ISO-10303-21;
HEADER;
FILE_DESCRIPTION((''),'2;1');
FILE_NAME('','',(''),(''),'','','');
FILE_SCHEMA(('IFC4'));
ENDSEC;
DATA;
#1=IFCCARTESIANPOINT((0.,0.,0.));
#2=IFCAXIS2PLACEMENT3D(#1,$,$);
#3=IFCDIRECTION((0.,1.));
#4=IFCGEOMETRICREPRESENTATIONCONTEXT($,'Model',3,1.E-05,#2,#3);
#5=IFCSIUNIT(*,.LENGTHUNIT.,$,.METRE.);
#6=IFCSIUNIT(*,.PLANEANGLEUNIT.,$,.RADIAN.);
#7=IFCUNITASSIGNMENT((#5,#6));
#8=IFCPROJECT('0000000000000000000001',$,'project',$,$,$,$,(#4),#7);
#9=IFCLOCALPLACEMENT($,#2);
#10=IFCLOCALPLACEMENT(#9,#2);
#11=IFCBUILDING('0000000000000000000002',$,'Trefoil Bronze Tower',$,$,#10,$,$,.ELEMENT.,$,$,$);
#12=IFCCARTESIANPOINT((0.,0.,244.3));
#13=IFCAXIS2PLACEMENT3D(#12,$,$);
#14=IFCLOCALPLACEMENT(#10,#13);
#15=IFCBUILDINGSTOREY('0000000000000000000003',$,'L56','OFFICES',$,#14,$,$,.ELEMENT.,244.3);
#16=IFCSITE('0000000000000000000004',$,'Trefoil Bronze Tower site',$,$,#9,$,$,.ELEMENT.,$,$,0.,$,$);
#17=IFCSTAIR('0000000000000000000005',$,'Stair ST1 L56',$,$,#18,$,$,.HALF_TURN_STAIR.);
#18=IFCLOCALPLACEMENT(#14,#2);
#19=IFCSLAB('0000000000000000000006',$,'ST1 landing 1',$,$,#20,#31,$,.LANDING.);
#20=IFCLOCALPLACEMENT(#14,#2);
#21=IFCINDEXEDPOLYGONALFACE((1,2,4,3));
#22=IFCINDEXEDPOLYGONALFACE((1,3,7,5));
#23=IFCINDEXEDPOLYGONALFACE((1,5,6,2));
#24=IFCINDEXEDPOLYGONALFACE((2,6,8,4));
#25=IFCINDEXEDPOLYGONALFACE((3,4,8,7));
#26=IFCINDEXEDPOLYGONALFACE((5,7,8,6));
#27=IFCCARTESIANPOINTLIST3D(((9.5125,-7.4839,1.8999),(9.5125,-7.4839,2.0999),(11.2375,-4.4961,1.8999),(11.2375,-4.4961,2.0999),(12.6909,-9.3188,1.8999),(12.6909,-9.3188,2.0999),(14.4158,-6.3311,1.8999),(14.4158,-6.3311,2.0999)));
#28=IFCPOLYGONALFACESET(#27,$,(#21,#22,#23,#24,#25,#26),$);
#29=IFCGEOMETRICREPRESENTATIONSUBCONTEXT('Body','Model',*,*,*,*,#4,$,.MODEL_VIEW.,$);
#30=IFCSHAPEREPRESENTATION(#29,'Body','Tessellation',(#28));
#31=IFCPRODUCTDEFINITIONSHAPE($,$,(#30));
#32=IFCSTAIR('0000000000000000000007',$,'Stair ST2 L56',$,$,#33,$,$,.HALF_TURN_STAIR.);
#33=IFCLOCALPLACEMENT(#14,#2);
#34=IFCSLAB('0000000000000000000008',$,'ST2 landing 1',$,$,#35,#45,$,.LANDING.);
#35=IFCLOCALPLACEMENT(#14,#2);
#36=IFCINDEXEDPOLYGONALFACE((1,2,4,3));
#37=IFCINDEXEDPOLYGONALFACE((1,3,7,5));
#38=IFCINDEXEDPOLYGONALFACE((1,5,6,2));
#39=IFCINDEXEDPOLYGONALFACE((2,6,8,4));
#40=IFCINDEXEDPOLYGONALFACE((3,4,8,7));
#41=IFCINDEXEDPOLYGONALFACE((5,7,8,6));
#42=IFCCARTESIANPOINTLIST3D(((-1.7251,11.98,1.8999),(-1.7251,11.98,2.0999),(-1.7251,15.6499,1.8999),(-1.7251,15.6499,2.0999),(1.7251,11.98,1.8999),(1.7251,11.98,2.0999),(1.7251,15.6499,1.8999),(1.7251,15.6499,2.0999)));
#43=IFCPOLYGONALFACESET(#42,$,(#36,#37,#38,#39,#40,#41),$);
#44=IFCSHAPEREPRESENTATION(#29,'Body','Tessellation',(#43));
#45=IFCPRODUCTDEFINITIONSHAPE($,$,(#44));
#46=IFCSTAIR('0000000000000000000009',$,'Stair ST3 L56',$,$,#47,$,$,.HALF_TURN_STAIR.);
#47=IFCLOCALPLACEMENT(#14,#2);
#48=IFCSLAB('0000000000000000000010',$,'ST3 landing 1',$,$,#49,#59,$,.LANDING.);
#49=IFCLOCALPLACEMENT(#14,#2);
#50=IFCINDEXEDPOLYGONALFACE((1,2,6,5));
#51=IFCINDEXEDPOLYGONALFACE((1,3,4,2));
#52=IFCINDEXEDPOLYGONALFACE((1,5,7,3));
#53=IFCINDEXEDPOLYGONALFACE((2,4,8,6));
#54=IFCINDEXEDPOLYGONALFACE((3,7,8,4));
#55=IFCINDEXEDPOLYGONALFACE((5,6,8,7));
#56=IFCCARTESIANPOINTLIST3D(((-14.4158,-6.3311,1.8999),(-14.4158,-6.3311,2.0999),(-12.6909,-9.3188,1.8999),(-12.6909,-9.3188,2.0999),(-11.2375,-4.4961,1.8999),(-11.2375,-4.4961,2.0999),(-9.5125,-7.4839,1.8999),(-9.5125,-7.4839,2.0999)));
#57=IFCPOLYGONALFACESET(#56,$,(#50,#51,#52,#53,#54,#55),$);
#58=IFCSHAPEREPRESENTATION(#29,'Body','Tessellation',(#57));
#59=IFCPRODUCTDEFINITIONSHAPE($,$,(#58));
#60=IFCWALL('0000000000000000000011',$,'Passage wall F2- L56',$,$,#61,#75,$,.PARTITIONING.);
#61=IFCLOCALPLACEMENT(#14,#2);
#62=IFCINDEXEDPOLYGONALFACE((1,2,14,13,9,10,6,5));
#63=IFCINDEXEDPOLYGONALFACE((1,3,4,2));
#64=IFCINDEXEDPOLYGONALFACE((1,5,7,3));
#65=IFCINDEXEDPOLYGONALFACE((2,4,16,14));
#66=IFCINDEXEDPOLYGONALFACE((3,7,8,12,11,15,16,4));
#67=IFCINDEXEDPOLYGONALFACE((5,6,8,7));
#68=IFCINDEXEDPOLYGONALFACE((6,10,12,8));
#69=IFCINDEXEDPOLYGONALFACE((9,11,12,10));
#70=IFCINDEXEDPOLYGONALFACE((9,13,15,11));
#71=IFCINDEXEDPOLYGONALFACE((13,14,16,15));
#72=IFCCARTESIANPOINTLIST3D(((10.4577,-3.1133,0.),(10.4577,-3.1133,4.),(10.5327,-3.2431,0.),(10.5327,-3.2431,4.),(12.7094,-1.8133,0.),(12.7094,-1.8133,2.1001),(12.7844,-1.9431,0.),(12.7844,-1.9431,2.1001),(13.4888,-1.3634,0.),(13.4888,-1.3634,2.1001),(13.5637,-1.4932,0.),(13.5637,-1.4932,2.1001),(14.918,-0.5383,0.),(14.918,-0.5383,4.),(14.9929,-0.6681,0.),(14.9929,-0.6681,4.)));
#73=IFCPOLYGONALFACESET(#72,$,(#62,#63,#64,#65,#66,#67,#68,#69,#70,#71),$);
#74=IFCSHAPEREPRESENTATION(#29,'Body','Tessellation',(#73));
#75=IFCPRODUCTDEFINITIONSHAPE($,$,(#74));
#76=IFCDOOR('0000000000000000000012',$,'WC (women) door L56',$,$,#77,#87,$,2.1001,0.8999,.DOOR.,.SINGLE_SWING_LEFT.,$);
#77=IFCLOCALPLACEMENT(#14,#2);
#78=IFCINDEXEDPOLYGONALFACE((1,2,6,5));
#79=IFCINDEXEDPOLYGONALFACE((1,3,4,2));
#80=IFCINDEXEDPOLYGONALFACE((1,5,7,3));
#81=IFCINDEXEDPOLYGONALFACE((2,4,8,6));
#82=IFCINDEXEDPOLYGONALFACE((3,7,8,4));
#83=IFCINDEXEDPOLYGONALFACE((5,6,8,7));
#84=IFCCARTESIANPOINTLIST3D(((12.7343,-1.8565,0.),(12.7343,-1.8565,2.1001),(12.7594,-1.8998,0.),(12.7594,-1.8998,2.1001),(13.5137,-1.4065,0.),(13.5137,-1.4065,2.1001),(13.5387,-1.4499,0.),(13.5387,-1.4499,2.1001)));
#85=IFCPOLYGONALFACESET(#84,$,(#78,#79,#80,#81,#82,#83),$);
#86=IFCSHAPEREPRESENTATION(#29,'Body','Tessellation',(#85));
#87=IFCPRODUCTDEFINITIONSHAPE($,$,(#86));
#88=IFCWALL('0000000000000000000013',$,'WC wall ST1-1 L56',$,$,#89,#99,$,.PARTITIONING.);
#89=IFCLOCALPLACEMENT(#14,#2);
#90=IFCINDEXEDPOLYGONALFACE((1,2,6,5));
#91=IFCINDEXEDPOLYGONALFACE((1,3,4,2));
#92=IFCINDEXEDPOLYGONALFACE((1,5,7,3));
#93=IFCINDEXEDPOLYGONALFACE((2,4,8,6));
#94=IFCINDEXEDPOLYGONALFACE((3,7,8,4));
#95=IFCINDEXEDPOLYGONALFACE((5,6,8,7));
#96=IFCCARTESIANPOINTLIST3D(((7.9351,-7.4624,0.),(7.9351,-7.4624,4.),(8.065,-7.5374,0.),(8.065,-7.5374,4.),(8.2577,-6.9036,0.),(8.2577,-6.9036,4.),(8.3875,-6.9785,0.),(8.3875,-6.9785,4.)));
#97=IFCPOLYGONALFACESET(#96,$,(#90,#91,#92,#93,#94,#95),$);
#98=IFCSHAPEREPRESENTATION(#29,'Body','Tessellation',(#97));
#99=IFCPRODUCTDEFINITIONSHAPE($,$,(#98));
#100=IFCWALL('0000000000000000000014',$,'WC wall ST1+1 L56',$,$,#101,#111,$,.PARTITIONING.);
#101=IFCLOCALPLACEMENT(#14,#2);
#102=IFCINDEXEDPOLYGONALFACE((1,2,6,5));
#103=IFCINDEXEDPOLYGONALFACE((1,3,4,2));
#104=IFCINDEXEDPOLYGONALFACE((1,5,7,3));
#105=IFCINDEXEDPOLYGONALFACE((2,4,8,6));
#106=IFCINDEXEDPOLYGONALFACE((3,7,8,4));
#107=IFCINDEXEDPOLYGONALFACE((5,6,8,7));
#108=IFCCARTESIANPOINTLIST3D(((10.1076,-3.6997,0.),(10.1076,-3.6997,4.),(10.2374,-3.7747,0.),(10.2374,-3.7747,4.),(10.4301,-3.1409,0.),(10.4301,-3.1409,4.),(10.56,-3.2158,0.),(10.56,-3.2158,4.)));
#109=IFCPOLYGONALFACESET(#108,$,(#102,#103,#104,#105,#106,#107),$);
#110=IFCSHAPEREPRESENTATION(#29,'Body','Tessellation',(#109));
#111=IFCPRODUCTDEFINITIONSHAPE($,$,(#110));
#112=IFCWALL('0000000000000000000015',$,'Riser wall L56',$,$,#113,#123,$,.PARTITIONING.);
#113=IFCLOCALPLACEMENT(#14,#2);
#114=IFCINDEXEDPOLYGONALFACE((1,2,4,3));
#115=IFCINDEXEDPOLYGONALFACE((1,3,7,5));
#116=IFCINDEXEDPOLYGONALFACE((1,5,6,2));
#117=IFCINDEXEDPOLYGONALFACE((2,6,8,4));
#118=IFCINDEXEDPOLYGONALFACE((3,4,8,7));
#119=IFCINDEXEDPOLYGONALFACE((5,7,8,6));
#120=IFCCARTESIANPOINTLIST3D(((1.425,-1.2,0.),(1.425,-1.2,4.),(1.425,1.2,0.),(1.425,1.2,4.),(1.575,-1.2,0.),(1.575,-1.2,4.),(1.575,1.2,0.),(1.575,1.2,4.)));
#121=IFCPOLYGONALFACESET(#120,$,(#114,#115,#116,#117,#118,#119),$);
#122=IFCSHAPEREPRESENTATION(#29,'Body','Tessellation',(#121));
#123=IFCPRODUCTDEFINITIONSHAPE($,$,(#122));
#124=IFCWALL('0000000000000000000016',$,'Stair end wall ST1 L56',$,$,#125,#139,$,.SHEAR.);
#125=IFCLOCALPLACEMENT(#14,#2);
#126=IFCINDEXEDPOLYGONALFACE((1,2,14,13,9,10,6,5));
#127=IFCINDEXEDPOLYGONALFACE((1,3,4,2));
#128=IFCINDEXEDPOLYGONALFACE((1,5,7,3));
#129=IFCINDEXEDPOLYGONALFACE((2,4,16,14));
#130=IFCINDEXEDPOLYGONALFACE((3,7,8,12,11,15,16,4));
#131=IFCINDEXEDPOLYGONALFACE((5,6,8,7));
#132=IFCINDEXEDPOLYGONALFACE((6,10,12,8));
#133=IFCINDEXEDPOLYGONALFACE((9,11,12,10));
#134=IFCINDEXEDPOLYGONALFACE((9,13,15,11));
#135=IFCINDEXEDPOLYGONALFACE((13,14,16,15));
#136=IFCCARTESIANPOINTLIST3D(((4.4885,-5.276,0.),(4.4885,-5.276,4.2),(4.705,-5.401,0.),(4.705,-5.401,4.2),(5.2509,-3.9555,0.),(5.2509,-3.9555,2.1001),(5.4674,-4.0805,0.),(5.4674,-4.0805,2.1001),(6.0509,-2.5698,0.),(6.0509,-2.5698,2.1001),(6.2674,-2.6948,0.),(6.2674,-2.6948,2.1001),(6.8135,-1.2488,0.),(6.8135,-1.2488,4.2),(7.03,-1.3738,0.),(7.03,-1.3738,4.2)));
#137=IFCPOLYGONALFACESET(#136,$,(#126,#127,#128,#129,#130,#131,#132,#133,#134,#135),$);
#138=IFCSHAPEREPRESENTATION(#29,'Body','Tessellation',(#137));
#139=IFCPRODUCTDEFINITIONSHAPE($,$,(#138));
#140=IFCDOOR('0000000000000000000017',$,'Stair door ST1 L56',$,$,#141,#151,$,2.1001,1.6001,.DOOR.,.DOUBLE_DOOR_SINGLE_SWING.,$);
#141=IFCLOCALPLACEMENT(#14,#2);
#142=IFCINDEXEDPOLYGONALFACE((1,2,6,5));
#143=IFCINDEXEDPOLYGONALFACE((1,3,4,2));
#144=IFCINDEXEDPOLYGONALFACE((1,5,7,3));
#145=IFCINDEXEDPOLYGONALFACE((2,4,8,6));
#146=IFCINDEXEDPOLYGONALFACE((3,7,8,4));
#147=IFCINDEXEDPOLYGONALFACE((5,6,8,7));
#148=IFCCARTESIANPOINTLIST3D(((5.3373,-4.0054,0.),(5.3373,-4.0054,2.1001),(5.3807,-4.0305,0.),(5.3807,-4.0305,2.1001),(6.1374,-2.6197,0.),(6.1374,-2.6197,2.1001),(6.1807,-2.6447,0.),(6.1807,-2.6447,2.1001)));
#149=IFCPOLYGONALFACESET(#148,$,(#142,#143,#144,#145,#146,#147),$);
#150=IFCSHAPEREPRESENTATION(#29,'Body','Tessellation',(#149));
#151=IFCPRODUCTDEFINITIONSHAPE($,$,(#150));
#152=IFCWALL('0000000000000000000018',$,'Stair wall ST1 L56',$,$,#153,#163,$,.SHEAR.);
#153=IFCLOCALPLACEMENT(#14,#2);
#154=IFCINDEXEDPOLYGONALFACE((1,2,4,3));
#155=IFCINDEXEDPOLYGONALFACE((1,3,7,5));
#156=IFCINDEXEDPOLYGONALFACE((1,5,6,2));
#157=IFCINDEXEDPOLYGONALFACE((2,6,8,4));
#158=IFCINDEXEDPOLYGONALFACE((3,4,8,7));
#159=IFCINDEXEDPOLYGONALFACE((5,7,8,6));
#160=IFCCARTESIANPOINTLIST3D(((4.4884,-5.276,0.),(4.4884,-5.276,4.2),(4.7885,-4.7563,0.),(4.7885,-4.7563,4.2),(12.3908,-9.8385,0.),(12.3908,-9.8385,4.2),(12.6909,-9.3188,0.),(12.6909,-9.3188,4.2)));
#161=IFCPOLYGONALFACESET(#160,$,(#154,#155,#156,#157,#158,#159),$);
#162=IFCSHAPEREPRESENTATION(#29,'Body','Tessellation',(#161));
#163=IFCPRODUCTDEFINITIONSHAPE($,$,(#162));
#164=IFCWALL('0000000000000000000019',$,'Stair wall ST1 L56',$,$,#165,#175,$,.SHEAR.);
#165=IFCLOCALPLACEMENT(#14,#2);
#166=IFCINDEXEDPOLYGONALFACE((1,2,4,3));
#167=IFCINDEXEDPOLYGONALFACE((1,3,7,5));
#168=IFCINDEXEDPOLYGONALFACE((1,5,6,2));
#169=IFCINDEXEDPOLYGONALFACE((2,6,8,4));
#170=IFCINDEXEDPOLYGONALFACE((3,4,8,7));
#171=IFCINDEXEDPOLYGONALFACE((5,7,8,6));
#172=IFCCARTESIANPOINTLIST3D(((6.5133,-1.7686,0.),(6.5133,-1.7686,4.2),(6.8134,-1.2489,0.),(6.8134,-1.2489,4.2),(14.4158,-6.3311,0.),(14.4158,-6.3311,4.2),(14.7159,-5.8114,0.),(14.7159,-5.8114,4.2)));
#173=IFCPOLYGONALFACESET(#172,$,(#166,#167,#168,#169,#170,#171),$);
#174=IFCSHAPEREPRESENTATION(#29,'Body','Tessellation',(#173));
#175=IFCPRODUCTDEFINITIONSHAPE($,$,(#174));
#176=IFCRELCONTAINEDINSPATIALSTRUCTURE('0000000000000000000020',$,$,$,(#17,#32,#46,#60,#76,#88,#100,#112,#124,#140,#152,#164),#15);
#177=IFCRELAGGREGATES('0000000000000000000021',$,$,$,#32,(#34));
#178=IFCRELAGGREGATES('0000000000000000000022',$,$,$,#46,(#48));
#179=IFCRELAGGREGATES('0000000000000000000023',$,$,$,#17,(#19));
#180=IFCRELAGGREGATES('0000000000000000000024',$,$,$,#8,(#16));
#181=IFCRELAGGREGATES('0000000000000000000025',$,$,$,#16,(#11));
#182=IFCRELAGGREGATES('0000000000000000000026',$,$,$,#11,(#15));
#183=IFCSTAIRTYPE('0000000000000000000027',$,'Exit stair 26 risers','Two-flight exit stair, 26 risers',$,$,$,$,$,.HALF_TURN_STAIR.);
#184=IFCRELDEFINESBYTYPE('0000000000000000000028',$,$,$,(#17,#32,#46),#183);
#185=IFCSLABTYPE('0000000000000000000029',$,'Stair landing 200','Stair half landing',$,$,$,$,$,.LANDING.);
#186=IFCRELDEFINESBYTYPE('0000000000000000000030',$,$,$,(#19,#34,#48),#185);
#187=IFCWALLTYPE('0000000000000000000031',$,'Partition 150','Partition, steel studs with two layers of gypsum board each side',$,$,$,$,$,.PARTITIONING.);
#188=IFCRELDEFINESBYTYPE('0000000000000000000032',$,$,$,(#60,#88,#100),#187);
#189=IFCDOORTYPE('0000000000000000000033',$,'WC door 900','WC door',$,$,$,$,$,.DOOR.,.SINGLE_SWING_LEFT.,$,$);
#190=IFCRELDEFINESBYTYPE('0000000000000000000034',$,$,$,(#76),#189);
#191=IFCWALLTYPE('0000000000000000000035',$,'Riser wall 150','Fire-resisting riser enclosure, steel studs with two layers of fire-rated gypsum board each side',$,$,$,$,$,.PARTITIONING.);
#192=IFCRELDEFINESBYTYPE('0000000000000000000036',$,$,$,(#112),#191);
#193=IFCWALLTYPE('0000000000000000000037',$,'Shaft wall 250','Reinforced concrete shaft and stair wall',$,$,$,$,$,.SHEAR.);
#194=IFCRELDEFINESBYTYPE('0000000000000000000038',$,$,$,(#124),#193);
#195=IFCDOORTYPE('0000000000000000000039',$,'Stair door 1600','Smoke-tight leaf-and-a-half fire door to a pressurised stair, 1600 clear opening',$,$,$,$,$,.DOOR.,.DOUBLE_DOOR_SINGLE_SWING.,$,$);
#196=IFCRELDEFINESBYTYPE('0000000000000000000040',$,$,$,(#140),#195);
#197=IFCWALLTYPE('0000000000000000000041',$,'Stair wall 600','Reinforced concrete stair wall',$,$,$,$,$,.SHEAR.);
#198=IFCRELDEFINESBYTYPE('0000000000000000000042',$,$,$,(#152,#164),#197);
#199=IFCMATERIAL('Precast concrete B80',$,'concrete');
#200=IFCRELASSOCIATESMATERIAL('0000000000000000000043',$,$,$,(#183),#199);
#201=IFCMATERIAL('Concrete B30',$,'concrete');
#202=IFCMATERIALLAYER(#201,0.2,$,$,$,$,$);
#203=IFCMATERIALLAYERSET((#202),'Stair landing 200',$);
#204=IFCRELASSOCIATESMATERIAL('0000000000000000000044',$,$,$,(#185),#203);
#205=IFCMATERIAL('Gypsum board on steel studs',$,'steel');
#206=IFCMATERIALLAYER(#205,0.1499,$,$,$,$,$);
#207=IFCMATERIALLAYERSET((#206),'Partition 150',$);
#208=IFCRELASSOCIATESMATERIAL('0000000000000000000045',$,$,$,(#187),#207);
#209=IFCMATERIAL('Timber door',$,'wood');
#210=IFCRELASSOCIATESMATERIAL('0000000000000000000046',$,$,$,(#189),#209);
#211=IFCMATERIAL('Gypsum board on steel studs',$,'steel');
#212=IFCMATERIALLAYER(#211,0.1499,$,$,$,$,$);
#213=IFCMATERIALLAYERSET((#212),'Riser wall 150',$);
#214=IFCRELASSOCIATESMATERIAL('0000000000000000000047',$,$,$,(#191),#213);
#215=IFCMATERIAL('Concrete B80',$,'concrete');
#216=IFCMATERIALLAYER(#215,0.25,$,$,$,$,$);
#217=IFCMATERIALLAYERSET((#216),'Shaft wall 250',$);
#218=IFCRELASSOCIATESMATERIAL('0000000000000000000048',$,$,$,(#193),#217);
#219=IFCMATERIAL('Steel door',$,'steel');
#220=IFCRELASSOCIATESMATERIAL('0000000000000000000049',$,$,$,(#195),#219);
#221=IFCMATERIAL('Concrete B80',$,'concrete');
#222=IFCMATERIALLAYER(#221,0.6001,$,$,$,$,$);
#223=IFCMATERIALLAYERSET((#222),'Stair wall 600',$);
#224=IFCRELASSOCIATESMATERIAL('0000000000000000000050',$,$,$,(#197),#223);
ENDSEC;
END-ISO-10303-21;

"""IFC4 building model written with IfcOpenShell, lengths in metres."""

from ifc_helpers import new_model, si_unit, direction, frame, frame_2d, origin, place, context, subcontext, project, spatial, polyline, rectangle, outline, extrude, material, layer, layer_set, type_object, element, fill, aggregate, save


model = new_model("IFC4")

# Units and contexts
model_context = context("Model", 3, precision=1e-05, world=origin(), true_north=direction((0.0, 1.0)))
body_context = subcontext(model_context, "Body", "Model", "MODEL_VIEW")
ifc_project = project(units=[si_unit("LENGTHUNIT", "METRE"), si_unit("PLANEANGLEUNIT", "RADIAN")], contexts=[model_context])

# Site, building, storey
site_placement = place(None, origin())
site = spatial("IfcSite", under=ifc_project, at=site_placement, Name="Trefoil Bronze Tower site", CompositionType="ELEMENT", RefElevation=0.0)
building_placement = place(site_placement, origin())
building = spatial("IfcBuilding", under=site, at=building_placement, Name="Trefoil Bronze Tower", CompositionType="ELEMENT")
storey_placement = place(building_placement, frame((0.0, 0.0, 244.3)))
storey = spatial("IfcBuildingStorey", under=building, at=storey_placement, Name="L56", Description="OFFICES", CompositionType="ELEMENT", Elevation=244.3)

# Stairs, slabs
ifc_material_1 = material(Name="Precast concrete B80", Category="concrete")
stair_type = type_object("IfcStairType", Name="Exit stair 26 risers", Description="Two-flight exit stair, 26 risers", PredefinedType="HALF_TURN_STAIR", material=ifc_material_1)
stair_1_placement = place(storey_placement, origin())
stair_1 = element("IfcStair", 1, at=stair_1_placement, inside=storey, type_object=stair_type, Name="Stair ST1 L56", PredefinedType="HALF_TURN_STAIR")
ifc_material_2 = material(Name="Concrete B30", Category="concrete")
ifc_layer_1 = layer(ifc_material_2, 0.2)
ifc_layer_set_1 = layer_set([ifc_layer_1], Name="Stair landing 200")
slab_type = type_object("IfcSlabType", Name="Stair landing 200", Description="Stair half landing", PredefinedType="LANDING", material=ifc_layer_set_1)
slab_1_placement = place(storey_placement, frame((0.0, 0.0, 1.8999)))
slab_1 = element("IfcSlab", 2, at=slab_1_placement, type_object=slab_type, Name="ST1 landing 1", PredefinedType="LANDING", context=body_context, shape_type="SweptSolid", body=[
    extrude(outline(polyline([(9.5125, -7.4839), (12.6909, -9.3188), (14.4158, -6.3311), (11.2375, -4.4961), (9.5125, -7.4839)])), origin(), (0.0, 0.0, 1.0), 0.2),
])
stair_2_placement = place(storey_placement, origin())
stair_2 = element("IfcStair", 3, at=stair_2_placement, inside=storey, type_object=stair_type, Name="Stair ST2 L56", PredefinedType="HALF_TURN_STAIR")
slab_2_placement = place(storey_placement, frame((0.0, 0.0, 1.8999)))
slab_2 = element("IfcSlab", 4, at=slab_2_placement, type_object=slab_type, Name="ST2 landing 1", PredefinedType="LANDING", context=body_context, shape_type="SweptSolid", body=[
    extrude(outline(polyline([(1.7251, 11.98), (1.7251, 15.6499), (-1.7251, 15.6499), (-1.7251, 11.98), (1.7251, 11.98)])), origin(), (0.0, 0.0, 1.0), 0.2),
])
aggregate(stair_2, [slab_2])
stair_3_placement = place(storey_placement, origin())
stair_3 = element("IfcStair", 5, at=stair_3_placement, inside=storey, type_object=stair_type, Name="Stair ST3 L56", PredefinedType="HALF_TURN_STAIR")
slab_3_placement = place(storey_placement, frame((0.0, 0.0, 1.8999)))
slab_3 = element("IfcSlab", 6, at=slab_3_placement, type_object=slab_type, Name="ST3 landing 1", PredefinedType="LANDING", context=body_context, shape_type="SweptSolid", body=[
    extrude(outline(polyline([(-11.2375, -4.4961), (-14.4158, -6.3311), (-12.6909, -9.3188), (-9.5125, -7.4839), (-11.2375, -4.4961)])), origin(), (0.0, 0.0, 1.0), 0.2),
])
aggregate(stair_3, [slab_3])

# Wall, opening, door
ifc_material_3 = material(Name="Gypsum board on steel studs", Category="steel")
ifc_layer_2 = layer(ifc_material_3, 0.1499)
ifc_layer_set_2 = layer_set([ifc_layer_2], Name="Partition 150")
wall_type_1 = type_object("IfcWallType", Name="Partition 150", Description="Partition, steel studs with two layers of gypsum board each side", PredefinedType="PARTITIONING", material=ifc_layer_set_2)
wall_1_placement = place(storey_placement, frame((10.4951, -3.1782, 0.0), z_axis=(0.0, 0.0, 1.0), x_axis=(0.866038, 0.499978, 0.0)))
wall_1 = element("IfcWall", 7, at=wall_1_placement, inside=storey, type_object=wall_type_1, Name="Passage wall F2- L56", PredefinedType="PARTITIONING", context=body_context, shape_type="SweptSolid", body=[
    extrude(rectangle(XDim=5.1501, YDim=0.1499, at=frame_2d((2.5752, 0.0))), origin(), (0.0, 0.0, 1.0), 4.0),
])
opening_1_placement = place(wall_1_placement, frame((2.6001, 0.0, 0.0)))
opening_1 = element("IfcOpeningElement", 8, at=opening_1_placement, cuts=wall_1, PredefinedType="OPENING", context=body_context, shape_type="SweptSolid", body=[
    extrude(rectangle(XDim=0.8999, YDim=2.1001, at=frame_2d((0.45, 1.05))), frame((0.0, 0.085, 0.0), z_axis=(0.0, -1.0, 0.0), x_axis=(1.0, 0.0, 0.0)), (0.0, 0.0, 1.0), 0.1699),
])
ifc_material_4 = material(Name="Timber door", Category="wood")
door_type_1 = type_object("IfcDoorType", Name="WC door 900", Description="WC door", OperationType="SINGLE_SWING_LEFT", PredefinedType="DOOR", material=ifc_material_4)
door_1_placement = place(opening_1_placement, frame((0.8999, 0.0, 0.0), z_axis=(0.0, 0.0, 1.0), x_axis=(-1.0, 0.0, 0.0)))
door_1 = element("IfcDoor", 9, at=door_1_placement, inside=storey, type_object=door_type_1, Name="WC (women) door L56", OperationType="SINGLE_SWING_LEFT", OverallHeight=2.1001, OverallWidth=0.8999, PredefinedType="DOOR", context=body_context, shape_type="SweptSolid", body=[
    extrude(rectangle(XDim=0.8999, YDim=2.1001, at=frame_2d((0.45, 1.05))), frame((0.0, 0.0249, 0.0), z_axis=(0.0, -1.0, 0.0), x_axis=(1.0, 0.0, 0.0)), (0.0, 0.0, 1.0), 0.05),
])
fill(opening_1, door_1)

# Walls
for number, where, z_axis, x_axis, name in (
    (10, (8.0, -7.5, 0.0), (0.0, 0.0, 1.0), (0.499843, 0.866116, 0.0), "WC wall ST1-1 L56"),
    (11, (10.4951, -3.1782, 0.0), (0.0, 0.0, 1.0), (-0.499843, -0.866116, 0.0), "WC wall ST1+1 L56"),
):
    element("IfcWall", number, at=place(storey_placement, frame(where, z_axis=z_axis, x_axis=x_axis)), inside=storey, type_object=wall_type_1, Name=name, PredefinedType="PARTITIONING", context=body_context, shape_type="SweptSolid", body=[
        extrude(rectangle(XDim=0.6453, YDim=0.1499, at=frame_2d((0.3228, 0.0))), origin(), (0.0, 0.0, 1.0), 4.0),
    ])
ifc_material_5 = material(Name="Gypsum board on steel studs", Category="steel")
ifc_layer_3 = layer(ifc_material_5, 0.1499)
ifc_layer_set_3 = layer_set([ifc_layer_3], Name="Riser wall 150")
wall_type_2 = type_object("IfcWallType", Name="Riser wall 150", Description="Fire-resisting riser enclosure, steel studs with two layers of fire-rated gypsum board each side", PredefinedType="PARTITIONING", material=ifc_layer_set_3)
wall_2_placement = place(storey_placement, frame((1.5, -1.2, 0.0), z_axis=(0.0, 0.0, 1.0), x_axis=(0.0, 1.0, 0.0)))
element("IfcWall", 12, at=wall_2_placement, inside=storey, type_object=wall_type_2, Name="Riser wall L56", PredefinedType="PARTITIONING", context=body_context, shape_type="SweptSolid", body=[
    extrude(rectangle(XDim=2.3999, YDim=0.1499, at=frame_2d((1.2, 0.0))), origin(), (0.0, 0.0, 1.0), 4.0),
])

# Wall, opening, door
ifc_material_6 = material(Name="Concrete B80", Category="concrete")
ifc_layer_4 = layer(ifc_material_6, 0.25)
ifc_layer_set_4 = layer_set([ifc_layer_4], Name="Shaft wall 250")
wall_type_3 = type_object("IfcWallType", Name="Shaft wall 250", Description="Reinforced concrete shaft and stair wall", PredefinedType="SHEAR", material=ifc_layer_set_4)
wall_3_placement = place(storey_placement, frame((4.5967, -5.3386, 0.0), z_axis=(0.0, 0.0, 1.0), x_axis=(0.499985, 0.866034, 0.0)))
wall_3 = element("IfcWall", 13, at=wall_3_placement, inside=storey, type_object=wall_type_3, Name="Stair end wall ST1 L56", PredefinedType="SHEAR", context=body_context, shape_type="SweptSolid", body=[
    extrude(rectangle(XDim=4.6501, YDim=0.25, at=frame_2d((2.3252, 0.0))), origin(), (0.0, 0.0, 1.0), 4.2),
])
opening_2_placement = place(wall_3_placement, frame((1.5249, 0.0, 0.0)))
opening_2 = element("IfcOpeningElement", 14, at=opening_2_placement, cuts=wall_3, PredefinedType="OPENING", context=body_context, shape_type="SweptSolid", body=[
    extrude(rectangle(XDim=1.6001, YDim=2.1001, at=frame_2d((0.8, 1.05))), frame((0.0, 0.135, 0.0), z_axis=(0.0, -1.0, 0.0), x_axis=(1.0, 0.0, 0.0)), (0.0, 0.0, 1.0), 0.27),
])
ifc_material_7 = material(Name="Steel door", Category="steel")
door_type_2 = type_object("IfcDoorType", Name="Stair door 1600", Description="Smoke-tight leaf-and-a-half fire door to a pressurised stair, 1600 clear opening", OperationType="DOUBLE_DOOR_SINGLE_SWING", PredefinedType="DOOR", material=ifc_material_7)
door_2_placement = place(opening_2_placement, frame((1.6001, 0.0, 0.0), z_axis=(0.0, 0.0, 1.0), x_axis=(-1.0, 0.0, 0.0)))
door_2 = element("IfcDoor", 15, at=door_2_placement, inside=storey, type_object=door_type_2, Name="Stair door ST1 L56", OperationType="DOUBLE_DOOR_SINGLE_SWING", OverallHeight=2.1001, OverallWidth=1.6001, PredefinedType="DOOR", context=body_context, shape_type="SweptSolid", body=[
    extrude(rectangle(XDim=1.6001, YDim=2.1001, at=frame_2d((0.8, 1.05))), frame((0.0, 0.0249, 0.0), z_axis=(0.0, -1.0, 0.0), x_axis=(1.0, 0.0, 0.0)), (0.0, 0.0, 1.0), 0.05),
])
fill(opening_2, door_2)

# Walls
ifc_material_8 = material(Name="Concrete B80", Category="concrete")
ifc_layer_5 = layer(ifc_material_8, 0.6001)
ifc_layer_set_5 = layer_set([ifc_layer_5], Name="Stair wall 600")
wall_type_4 = type_object("IfcWallType", Name="Stair wall 600", Description="Reinforced concrete stair wall", PredefinedType="SHEAR", material=ifc_layer_set_5)
for number, where, z_axis, x_axis, name in (
    (16, (4.6384, -5.0161, 0.0), (0.0, 0.0, 1.0), (0.866022, -0.500007, 0.0), "Stair wall ST1 L56"),
    (17, (6.6633, -1.5088, 0.0), (0.0, 0.0, 1.0), (0.866028, -0.499995, 0.0), "Stair wall ST1 L56"),
):
    element("IfcWall", number, at=place(storey_placement, frame(where, z_axis=z_axis, x_axis=x_axis)), inside=storey, type_object=wall_type_4, Name=name, PredefinedType="SHEAR", context=body_context, shape_type="SweptSolid", body=[
        extrude(rectangle(XDim=9.125, YDim=0.6001, at=frame_2d((4.5625, 0.0))), origin(), (0.0, 0.0, 1.0), 4.2),
    ])

aggregate(stair_1, [slab_1])

save(model, "model.ifc")
